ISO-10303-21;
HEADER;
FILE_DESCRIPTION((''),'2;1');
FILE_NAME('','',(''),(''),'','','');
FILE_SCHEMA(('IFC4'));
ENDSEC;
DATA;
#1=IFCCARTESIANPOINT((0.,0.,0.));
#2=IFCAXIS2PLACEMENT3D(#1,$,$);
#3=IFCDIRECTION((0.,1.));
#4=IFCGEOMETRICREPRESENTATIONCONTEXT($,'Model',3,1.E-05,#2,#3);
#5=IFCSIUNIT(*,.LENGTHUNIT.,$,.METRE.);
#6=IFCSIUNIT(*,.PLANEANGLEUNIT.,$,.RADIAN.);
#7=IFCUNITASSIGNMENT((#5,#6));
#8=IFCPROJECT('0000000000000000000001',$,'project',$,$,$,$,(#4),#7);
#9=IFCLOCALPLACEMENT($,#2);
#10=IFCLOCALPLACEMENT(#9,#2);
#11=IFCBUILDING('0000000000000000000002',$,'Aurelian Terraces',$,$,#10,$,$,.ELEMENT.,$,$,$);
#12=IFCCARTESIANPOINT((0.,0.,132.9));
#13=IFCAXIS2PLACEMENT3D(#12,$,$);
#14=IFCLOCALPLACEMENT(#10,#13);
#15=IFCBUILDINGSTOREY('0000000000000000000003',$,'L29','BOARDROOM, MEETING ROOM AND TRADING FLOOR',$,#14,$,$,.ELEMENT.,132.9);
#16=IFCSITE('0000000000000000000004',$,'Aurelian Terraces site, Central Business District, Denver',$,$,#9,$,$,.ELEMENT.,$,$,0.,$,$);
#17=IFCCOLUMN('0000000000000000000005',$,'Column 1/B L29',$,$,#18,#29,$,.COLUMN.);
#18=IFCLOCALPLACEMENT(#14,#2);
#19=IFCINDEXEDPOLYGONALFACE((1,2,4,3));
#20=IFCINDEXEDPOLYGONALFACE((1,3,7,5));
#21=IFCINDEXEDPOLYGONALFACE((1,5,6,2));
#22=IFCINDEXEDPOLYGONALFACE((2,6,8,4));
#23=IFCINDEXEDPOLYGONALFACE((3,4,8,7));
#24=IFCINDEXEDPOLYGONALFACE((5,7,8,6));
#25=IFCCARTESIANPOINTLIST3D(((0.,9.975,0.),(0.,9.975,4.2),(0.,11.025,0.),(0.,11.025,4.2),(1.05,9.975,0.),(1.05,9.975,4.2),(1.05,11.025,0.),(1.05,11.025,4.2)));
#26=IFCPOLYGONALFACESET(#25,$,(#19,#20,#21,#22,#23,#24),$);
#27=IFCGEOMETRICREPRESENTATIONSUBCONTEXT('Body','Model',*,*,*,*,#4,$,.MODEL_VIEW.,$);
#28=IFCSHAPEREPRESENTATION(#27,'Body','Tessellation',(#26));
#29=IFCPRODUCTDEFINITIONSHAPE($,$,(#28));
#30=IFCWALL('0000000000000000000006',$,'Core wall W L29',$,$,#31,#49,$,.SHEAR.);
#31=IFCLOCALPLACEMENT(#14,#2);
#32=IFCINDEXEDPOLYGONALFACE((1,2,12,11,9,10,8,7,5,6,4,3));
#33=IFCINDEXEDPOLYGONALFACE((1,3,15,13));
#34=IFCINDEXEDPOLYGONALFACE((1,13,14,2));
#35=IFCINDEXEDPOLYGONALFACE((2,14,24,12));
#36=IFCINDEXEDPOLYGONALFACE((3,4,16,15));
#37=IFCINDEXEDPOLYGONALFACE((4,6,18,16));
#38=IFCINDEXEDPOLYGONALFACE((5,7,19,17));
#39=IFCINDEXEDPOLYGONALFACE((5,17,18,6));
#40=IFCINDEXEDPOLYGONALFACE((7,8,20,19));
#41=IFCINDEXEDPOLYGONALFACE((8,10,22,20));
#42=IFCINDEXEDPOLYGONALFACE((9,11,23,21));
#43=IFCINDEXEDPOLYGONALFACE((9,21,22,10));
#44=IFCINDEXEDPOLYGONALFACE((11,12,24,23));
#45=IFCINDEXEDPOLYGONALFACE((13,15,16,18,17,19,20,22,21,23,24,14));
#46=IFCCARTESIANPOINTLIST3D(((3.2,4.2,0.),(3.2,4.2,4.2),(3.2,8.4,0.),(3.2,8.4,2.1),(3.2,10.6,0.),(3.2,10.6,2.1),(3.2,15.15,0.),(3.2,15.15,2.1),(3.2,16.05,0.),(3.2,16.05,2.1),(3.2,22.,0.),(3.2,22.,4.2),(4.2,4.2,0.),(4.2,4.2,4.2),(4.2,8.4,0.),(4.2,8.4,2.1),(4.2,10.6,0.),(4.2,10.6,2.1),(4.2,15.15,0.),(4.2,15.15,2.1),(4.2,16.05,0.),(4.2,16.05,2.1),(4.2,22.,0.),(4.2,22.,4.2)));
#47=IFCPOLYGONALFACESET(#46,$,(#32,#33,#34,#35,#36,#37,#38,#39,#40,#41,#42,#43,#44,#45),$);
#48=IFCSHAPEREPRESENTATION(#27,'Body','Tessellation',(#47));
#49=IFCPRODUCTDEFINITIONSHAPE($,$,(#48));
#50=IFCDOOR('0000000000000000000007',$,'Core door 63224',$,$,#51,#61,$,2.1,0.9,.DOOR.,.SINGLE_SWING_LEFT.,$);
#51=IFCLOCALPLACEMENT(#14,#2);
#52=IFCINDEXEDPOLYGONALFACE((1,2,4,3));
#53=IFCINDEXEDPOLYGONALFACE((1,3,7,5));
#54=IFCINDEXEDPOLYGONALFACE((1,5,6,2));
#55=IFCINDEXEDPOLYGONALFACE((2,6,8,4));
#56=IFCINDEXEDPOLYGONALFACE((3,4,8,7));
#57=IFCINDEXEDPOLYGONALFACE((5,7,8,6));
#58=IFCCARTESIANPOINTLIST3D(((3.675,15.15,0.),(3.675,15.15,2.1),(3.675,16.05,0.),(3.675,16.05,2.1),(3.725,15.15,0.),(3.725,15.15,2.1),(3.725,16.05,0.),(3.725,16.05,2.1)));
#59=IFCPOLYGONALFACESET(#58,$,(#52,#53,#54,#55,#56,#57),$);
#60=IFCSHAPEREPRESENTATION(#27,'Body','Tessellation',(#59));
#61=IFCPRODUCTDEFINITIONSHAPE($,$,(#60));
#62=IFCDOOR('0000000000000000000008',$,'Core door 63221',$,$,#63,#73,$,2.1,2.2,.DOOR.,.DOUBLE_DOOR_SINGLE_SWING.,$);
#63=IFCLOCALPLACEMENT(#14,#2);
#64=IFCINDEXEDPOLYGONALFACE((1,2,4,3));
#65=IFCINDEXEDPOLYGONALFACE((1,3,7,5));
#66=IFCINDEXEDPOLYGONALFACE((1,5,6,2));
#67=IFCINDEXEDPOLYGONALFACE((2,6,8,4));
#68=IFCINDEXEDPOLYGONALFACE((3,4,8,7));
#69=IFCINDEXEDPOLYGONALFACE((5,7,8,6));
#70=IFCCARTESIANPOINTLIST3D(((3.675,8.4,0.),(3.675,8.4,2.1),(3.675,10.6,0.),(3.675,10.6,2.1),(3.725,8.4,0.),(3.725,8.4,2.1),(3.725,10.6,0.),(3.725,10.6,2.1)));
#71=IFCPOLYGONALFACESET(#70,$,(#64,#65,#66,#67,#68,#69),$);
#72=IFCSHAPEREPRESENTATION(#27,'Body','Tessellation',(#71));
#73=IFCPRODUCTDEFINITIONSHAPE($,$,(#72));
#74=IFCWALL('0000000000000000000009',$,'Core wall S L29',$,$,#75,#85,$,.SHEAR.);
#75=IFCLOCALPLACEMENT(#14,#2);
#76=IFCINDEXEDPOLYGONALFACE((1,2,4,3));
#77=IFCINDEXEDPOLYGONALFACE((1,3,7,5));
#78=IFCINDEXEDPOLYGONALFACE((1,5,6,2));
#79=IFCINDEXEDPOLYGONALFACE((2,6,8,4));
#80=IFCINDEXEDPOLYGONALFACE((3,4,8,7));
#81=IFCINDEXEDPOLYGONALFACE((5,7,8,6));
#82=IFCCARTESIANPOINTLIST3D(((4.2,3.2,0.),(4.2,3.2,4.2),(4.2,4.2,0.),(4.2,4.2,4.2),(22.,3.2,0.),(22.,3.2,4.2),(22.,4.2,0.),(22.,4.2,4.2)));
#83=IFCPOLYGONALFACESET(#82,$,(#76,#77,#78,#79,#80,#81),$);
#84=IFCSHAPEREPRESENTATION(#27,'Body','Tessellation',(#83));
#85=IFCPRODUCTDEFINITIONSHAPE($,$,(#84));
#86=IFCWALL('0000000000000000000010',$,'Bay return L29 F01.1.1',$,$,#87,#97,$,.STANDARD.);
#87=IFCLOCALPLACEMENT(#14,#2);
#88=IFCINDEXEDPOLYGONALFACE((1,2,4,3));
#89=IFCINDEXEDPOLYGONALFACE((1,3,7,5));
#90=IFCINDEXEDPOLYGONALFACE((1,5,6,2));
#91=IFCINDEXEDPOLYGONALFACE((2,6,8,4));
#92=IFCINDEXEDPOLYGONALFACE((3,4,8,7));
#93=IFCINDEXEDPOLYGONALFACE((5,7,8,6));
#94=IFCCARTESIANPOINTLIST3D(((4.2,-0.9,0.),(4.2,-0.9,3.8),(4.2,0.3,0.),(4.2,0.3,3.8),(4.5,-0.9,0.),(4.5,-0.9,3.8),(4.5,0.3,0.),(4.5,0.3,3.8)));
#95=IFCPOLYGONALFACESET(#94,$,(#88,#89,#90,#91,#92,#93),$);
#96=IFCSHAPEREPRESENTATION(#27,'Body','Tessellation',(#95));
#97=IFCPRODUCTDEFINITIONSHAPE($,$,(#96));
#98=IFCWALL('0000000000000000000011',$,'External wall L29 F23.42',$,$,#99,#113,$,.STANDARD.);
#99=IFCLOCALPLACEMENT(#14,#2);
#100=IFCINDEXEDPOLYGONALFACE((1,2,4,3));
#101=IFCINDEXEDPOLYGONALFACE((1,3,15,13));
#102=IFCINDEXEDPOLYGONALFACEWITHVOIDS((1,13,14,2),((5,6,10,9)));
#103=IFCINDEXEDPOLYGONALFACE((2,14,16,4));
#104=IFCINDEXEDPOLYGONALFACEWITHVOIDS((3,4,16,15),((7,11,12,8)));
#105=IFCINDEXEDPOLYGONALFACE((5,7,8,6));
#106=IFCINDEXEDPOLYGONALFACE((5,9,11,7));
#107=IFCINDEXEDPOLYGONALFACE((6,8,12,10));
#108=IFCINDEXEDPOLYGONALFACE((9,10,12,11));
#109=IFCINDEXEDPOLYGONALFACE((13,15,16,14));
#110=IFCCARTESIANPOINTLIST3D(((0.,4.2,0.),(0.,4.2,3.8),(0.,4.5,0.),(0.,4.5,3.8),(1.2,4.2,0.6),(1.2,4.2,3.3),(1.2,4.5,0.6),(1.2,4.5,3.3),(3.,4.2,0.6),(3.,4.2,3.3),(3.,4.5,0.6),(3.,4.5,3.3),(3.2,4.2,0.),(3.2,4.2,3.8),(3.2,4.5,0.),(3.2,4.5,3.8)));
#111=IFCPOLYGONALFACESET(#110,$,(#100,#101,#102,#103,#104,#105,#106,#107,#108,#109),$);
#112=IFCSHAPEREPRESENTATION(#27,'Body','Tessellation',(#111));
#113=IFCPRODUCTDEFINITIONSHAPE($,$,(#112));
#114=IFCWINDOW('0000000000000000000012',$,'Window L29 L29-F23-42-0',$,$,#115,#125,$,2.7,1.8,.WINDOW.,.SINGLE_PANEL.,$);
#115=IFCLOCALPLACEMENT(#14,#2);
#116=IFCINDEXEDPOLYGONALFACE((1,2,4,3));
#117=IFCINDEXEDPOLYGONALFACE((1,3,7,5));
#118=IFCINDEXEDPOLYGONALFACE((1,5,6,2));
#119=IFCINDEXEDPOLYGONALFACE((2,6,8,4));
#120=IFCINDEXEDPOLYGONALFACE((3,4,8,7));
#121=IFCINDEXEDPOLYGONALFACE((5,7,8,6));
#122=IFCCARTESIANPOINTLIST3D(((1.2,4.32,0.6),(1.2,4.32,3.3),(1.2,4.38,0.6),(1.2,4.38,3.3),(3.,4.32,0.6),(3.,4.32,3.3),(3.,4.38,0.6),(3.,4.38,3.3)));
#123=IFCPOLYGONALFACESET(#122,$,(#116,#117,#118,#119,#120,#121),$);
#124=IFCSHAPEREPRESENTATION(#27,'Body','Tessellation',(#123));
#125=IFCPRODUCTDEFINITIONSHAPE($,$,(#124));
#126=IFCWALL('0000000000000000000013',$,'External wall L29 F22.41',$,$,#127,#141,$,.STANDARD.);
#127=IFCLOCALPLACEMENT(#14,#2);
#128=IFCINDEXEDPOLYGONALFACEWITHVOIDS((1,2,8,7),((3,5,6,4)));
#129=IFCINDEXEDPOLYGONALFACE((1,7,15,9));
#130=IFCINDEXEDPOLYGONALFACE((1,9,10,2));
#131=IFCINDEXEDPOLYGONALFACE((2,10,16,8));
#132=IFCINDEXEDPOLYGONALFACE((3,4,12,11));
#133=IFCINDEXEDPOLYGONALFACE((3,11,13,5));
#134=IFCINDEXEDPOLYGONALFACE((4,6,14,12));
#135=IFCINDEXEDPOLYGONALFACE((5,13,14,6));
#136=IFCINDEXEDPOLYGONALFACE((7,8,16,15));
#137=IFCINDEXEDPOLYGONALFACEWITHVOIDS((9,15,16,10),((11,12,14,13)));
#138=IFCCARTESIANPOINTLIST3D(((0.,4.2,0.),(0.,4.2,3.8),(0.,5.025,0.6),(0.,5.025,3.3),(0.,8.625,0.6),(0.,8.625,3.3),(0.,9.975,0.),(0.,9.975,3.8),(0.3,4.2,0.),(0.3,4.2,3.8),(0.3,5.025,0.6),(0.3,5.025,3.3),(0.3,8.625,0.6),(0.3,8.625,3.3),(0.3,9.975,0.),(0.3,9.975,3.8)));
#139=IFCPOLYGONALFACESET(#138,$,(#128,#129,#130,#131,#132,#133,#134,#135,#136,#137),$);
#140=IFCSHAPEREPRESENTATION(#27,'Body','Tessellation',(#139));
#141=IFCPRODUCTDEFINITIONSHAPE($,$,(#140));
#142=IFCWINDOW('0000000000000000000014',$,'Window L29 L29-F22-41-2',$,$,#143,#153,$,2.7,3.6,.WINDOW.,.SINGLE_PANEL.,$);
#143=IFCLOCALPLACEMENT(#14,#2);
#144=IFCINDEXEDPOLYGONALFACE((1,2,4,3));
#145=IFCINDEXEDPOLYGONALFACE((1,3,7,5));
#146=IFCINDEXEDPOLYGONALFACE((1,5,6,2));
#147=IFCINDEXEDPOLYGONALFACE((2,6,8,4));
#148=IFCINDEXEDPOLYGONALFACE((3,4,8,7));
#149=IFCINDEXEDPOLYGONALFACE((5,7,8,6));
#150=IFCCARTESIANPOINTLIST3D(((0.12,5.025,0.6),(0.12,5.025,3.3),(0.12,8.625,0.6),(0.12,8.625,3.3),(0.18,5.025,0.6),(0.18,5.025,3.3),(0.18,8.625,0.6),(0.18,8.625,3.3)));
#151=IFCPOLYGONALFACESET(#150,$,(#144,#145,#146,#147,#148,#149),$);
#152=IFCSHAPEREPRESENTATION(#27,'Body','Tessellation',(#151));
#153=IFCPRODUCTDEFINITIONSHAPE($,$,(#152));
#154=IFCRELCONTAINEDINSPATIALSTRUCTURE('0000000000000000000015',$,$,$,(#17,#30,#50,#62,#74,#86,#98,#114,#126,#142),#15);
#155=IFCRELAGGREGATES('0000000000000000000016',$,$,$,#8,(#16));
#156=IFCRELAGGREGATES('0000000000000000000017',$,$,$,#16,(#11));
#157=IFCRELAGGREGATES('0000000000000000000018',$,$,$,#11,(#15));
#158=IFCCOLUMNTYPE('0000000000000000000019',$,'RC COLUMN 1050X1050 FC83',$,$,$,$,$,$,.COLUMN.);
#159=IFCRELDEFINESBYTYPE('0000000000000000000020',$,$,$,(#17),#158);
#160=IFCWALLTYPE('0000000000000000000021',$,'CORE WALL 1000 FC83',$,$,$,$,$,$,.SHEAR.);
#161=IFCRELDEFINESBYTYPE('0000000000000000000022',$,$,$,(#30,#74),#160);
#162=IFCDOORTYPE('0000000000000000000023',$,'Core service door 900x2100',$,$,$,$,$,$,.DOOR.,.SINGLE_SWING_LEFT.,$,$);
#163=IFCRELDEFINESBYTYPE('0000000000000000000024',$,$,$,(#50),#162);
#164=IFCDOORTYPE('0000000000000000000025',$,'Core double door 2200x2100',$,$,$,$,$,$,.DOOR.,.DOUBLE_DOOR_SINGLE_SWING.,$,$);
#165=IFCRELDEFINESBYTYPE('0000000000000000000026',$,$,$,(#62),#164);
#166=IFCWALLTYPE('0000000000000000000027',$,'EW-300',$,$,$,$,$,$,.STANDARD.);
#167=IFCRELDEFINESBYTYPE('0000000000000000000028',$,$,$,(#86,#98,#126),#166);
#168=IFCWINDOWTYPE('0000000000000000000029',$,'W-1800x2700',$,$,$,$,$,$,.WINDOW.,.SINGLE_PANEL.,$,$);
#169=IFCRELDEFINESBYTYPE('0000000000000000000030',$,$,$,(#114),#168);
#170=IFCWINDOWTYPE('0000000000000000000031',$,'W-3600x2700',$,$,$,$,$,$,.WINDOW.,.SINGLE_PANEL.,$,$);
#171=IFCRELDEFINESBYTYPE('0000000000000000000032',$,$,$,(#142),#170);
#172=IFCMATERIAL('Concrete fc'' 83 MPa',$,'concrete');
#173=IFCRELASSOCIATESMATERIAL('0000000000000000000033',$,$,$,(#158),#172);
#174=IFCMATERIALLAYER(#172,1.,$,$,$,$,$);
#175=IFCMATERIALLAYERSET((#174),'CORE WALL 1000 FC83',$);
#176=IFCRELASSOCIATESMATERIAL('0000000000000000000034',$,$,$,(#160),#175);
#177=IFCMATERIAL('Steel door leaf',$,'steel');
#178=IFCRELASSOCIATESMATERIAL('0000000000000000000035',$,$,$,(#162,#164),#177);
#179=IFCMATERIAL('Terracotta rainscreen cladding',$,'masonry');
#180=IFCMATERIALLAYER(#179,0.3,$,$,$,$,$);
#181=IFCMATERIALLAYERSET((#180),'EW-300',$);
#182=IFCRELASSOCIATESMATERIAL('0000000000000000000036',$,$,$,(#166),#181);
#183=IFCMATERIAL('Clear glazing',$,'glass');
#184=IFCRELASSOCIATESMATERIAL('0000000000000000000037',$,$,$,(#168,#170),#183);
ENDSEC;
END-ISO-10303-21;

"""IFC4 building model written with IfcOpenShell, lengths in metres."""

from ifc_helpers import new_model, si_unit, direction, frame, frame_2d, origin, origin_2d, place, context, subcontext, project, spatial, rectangle, extrude, source, transform, mapped, material, layer, layer_set, material_profile, profile_set, type_object, element, fill, save


model = new_model("IFC4")

# Units and contexts
model_context = context("Model", 3, precision=1e-05, world=origin(), true_north=direction((0.0, 1.0)))
body_context = subcontext(model_context, "Body", "Model", "MODEL_VIEW")
ifc_project = project(units=[si_unit("LENGTHUNIT", "METRE"), si_unit("PLANEANGLEUNIT", "RADIAN")], contexts=[model_context])

# Site, building, storey
site_placement = place(None, origin())
site = spatial("IfcSite", under=ifc_project, at=site_placement, Name="Aurelian Terraces site, Central Business District, Denver", CompositionType="ELEMENT", RefElevation=0.0)
building_placement = place(site_placement, origin())
building = spatial("IfcBuilding", under=site, at=building_placement, Name="Aurelian Terraces", CompositionType="ELEMENT")
storey_placement = place(building_placement, frame((0.0, 0.0, 132.9)))
storey = spatial("IfcBuildingStorey", under=building, at=storey_placement, Name="L29", Description="BOARDROOM, MEETING ROOM AND TRADING FLOOR", CompositionType="ELEMENT", Elevation=132.9)

# Column
ifc_material_1 = material(Name="Concrete fc' 83 MPa", Category="concrete")
ifc_material_profile = material_profile(ifc_material_1, rectangle(XDim=1.05, YDim=1.05, at=origin_2d()))
ifc_profile_set = profile_set([ifc_material_profile], Name="Concrete fc' 83 MPa")
column_type = type_object("IfcColumnType", Name="RC COLUMN 1050X1050 FC83", PredefinedType="COLUMN", material=ifc_profile_set)
shared_shape_1 = source(origin(), body_context, "Body", "SweptSolid", [
    extrude(rectangle(XDim=1.05, YDim=1.05, at=origin_2d()), origin(), (0.0, 0.0, 1.0), 4.2),
])
column_placement = place(storey_placement, frame((0.525, 10.5, 0.0), z_axis=(0.0, 0.0, 1.0), x_axis=(1.0, 0.0, 0.0)))
element("IfcColumn", 1, at=column_placement, inside=storey, type_object=column_type, Name="Column 1/B L29", PredefinedType="COLUMN", context=body_context, shape_type="MappedRepresentation", body=[
    mapped(shared_shape_1, transform((0.0, 0.0, 0.0), scale=1.0)),
])

# Wall, openings, doors
ifc_layer_1 = layer(ifc_material_1, 1.0)
ifc_layer_set_1 = layer_set([ifc_layer_1], Name="CORE WALL 1000 FC83")
wall_type_1 = type_object("IfcWallType", Name="CORE WALL 1000 FC83", PredefinedType="SHEAR", material=ifc_layer_set_1)
shared_shape_2 = source(origin(), body_context, "Body", "SweptSolid", [
    extrude(rectangle(XDim=17.8, YDim=1.0, at=frame_2d((8.9, 0.0))), origin(), (0.0, 0.0, 1.0), 4.2),
])
wall_1_placement = place(storey_placement, frame((3.7, 4.2, 0.0), z_axis=(0.0, 0.0, 1.0), x_axis=(0.0, 1.0, 0.0)))
wall_1 = element("IfcWall", 2, at=wall_1_placement, inside=storey, type_object=wall_type_1, Name="Core wall W L29", PredefinedType="SHEAR", context=body_context, shape_type="MappedRepresentation", body=[
    mapped(shared_shape_2, transform((0.0, 0.0, 0.0), scale=1.0)),
])
shared_shape_3 = source(origin(), body_context, "Body", "SweptSolid", [
    extrude(rectangle(XDim=2.2, YDim=2.1, at=frame_2d((1.1, 1.05))), frame((0.0, 0.51, 0.0), z_axis=(0.0, -1.0, 0.0), x_axis=(1.0, 0.0, 0.0)), (0.0, 0.0, 1.0), 1.02),
])
opening_1_placement = place(wall_1_placement, frame((4.2, 0.0, 0.0)))
opening_1 = element("IfcOpeningElement", 3, at=opening_1_placement, cuts=wall_1, PredefinedType="OPENING", context=body_context, shape_type="MappedRepresentation", body=[
    mapped(shared_shape_3, transform((0.0, 0.0, 0.0), scale=1.0)),
])
shared_shape_4 = source(origin(), body_context, "Body", "SweptSolid", [
    extrude(rectangle(XDim=0.9, YDim=2.1, at=frame_2d((0.45, 1.05))), frame((0.0, 0.51, 0.0), z_axis=(0.0, -1.0, 0.0), x_axis=(1.0, 0.0, 0.0)), (0.0, 0.0, 1.0), 1.02),
])
opening_2_placement = place(wall_1_placement, frame((10.95, 0.0, 0.0)))
opening_2 = element("IfcOpeningElement", 4, at=opening_2_placement, cuts=wall_1, PredefinedType="OPENING", context=body_context, shape_type="MappedRepresentation", body=[
    mapped(shared_shape_4, transform((0.0, 0.0, 0.0), scale=1.0)),
])
ifc_material_2 = material(Name="Steel door leaf", Category="steel")
door_type_1 = type_object("IfcDoorType", Name="Core service door 900x2100", OperationType="SINGLE_SWING_LEFT", PredefinedType="DOOR", material=ifc_material_2)
shared_shape_5 = source(origin(), body_context, "Body", "SweptSolid", [
    extrude(rectangle(XDim=0.9, YDim=2.1, at=frame_2d((0.45, 1.05))), frame((0.0, 0.025, 0.0), z_axis=(0.0, -1.0, 0.0), x_axis=(1.0, 0.0, 0.0)), (0.0, 0.0, 1.0), 0.05),
])
door_1_placement = place(opening_2_placement, origin())
door_1 = element("IfcDoor", 5, at=door_1_placement, inside=storey, type_object=door_type_1, Name="Core door 63224", OperationType="SINGLE_SWING_LEFT", OverallHeight=2.1, OverallWidth=0.9, PredefinedType="DOOR", context=body_context, shape_type="MappedRepresentation", body=[
    mapped(shared_shape_5, transform((0.0, 0.0, 0.0), scale=1.0)),
])
fill(opening_2, door_1)
door_type_2 = type_object("IfcDoorType", Name="Core double door 2200x2100", OperationType="DOUBLE_DOOR_SINGLE_SWING", PredefinedType="DOOR", material=ifc_material_2)
shared_shape_6 = source(origin(), body_context, "Body", "SweptSolid", [
    extrude(rectangle(XDim=2.2, YDim=2.1, at=frame_2d((1.1, 1.05))), frame((0.0, 0.025, 0.0), z_axis=(0.0, -1.0, 0.0), x_axis=(1.0, 0.0, 0.0)), (0.0, 0.0, 1.0), 0.05),
])
door_2_placement = place(opening_1_placement, origin())
door_2 = element("IfcDoor", 6, at=door_2_placement, inside=storey, type_object=door_type_2, Name="Core door 63221", OperationType="DOUBLE_DOOR_SINGLE_SWING", OverallHeight=2.1, OverallWidth=2.2, PredefinedType="DOOR", context=body_context, shape_type="MappedRepresentation", body=[
    mapped(shared_shape_6, transform((0.0, 0.0, 0.0), scale=1.0)),
])
fill(opening_1, door_2)

# Walls
wall_2_placement = place(storey_placement, frame((4.2, 3.7, 0.0), z_axis=(0.0, 0.0, 1.0), x_axis=(1.0, 0.0, 0.0)))
element("IfcWall", 7, at=wall_2_placement, inside=storey, type_object=wall_type_1, Name="Core wall S L29", PredefinedType="SHEAR", context=body_context, shape_type="MappedRepresentation", body=[
    mapped(shared_shape_2, transform((0.0, 0.0, 0.0), scale=1.0)),
])
ifc_material_3 = material(Name="Terracotta rainscreen cladding", Category="masonry")
ifc_layer_2 = layer(ifc_material_3, 0.3)
ifc_layer_set_2 = layer_set([ifc_layer_2], Name="EW-300")
wall_type_2 = type_object("IfcWallType", Name="EW-300", PredefinedType="STANDARD", material=ifc_layer_set_2)
shared_shape_7 = source(origin(), body_context, "Body", "SweptSolid", [
    extrude(rectangle(XDim=1.2, YDim=0.3, at=frame_2d((0.6, 0.0))), origin(), (0.0, 0.0, 1.0), 3.8),
])
wall_3_placement = place(storey_placement, frame((4.35, 0.3, 0.0), z_axis=(0.0, 0.0, 1.0), x_axis=(0.0, -1.0, 0.0)))
element("IfcWall", 8, at=wall_3_placement, inside=storey, type_object=wall_type_2, Name="Bay return L29 F01.1.1", PredefinedType="STANDARD", context=body_context, shape_type="MappedRepresentation", body=[
    mapped(shared_shape_7, transform((0.0, 0.0, 0.0), scale=1.0)),
])

# Walls, openings, windows
shared_shape_8 = source(origin(), body_context, "Body", "SweptSolid", [
    extrude(rectangle(XDim=3.2, YDim=0.3, at=frame_2d((1.6, 0.0))), origin(), (0.0, 0.0, 1.0), 3.8),
])
wall_4_placement = place(storey_placement, frame((0.0, 4.35, 0.0), z_axis=(0.0, 0.0, 1.0), x_axis=(1.0, 0.0, 0.0)))
wall_4 = element("IfcWall", 9, at=wall_4_placement, inside=storey, type_object=wall_type_2, Name="External wall L29 F23.42", PredefinedType="STANDARD", context=body_context, shape_type="MappedRepresentation", body=[
    mapped(shared_shape_8, transform((0.0, 0.0, 0.0), scale=1.0)),
])
shared_shape_9 = source(origin(), body_context, "Body", "SweptSolid", [
    extrude(rectangle(XDim=1.8, YDim=2.7, at=frame_2d((0.9, 1.35))), frame((0.0, 0.16, 0.0), z_axis=(0.0, -1.0, 0.0), x_axis=(1.0, 0.0, 0.0)), (0.0, 0.0, 1.0), 0.32),
])
opening_3_placement = place(wall_4_placement, frame((1.2, 0.0, 0.6)))
opening_3 = element("IfcOpeningElement", 10, at=opening_3_placement, cuts=wall_4, PredefinedType="OPENING", context=body_context, shape_type="MappedRepresentation", body=[
    mapped(shared_shape_9, transform((0.0, 0.0, 0.0), scale=1.0)),
])
ifc_material_4 = material(Name="Clear glazing", Category="glass")
window_type_1 = type_object("IfcWindowType", Name="W-1800x2700", PartitioningType="SINGLE_PANEL", PredefinedType="WINDOW", material=ifc_material_4)
shared_shape_10 = source(origin(), body_context, "Body", "SweptSolid", [
    extrude(rectangle(XDim=1.8, YDim=2.7, at=frame_2d((0.9, 1.35))), frame((0.0, 0.03, 0.0), z_axis=(0.0, -1.0, 0.0), x_axis=(1.0, 0.0, 0.0)), (0.0, 0.0, 1.0), 0.06),
])
window_1_placement = place(opening_3_placement, origin())
window_1 = element("IfcWindow", 11, at=window_1_placement, inside=storey, type_object=window_type_1, Name="Window L29 L29-F23-42-0", OverallHeight=2.7, OverallWidth=1.8, PartitioningType="SINGLE_PANEL", PredefinedType="WINDOW", context=body_context, shape_type="MappedRepresentation", body=[
    mapped(shared_shape_10, transform((0.0, 0.0, 0.0), scale=1.0)),
])
fill(opening_3, window_1)
shared_shape_11 = source(origin(), body_context, "Body", "SweptSolid", [
    extrude(rectangle(XDim=5.775, YDim=0.3, at=frame_2d((2.8875, 0.0))), origin(), (0.0, 0.0, 1.0), 3.8),
])
wall_5_placement = place(storey_placement, frame((0.15, 9.975, 0.0), z_axis=(0.0, 0.0, 1.0), x_axis=(0.0, -1.0, 0.0)))
wall_5 = element("IfcWall", 12, at=wall_5_placement, inside=storey, type_object=wall_type_2, Name="External wall L29 F22.41", PredefinedType="STANDARD", context=body_context, shape_type="MappedRepresentation", body=[
    mapped(shared_shape_11, transform((0.0, 0.0, 0.0), scale=1.0)),
])
shared_shape_12 = source(origin(), body_context, "Body", "SweptSolid", [
    extrude(rectangle(XDim=3.6, YDim=2.7, at=frame_2d((1.8, 1.35))), frame((0.0, 0.16, 0.0), z_axis=(0.0, -1.0, 0.0), x_axis=(1.0, 0.0, 0.0)), (0.0, 0.0, 1.0), 0.32),
])
opening_4_placement = place(wall_5_placement, frame((1.35, 0.0, 0.6)))
opening_4 = element("IfcOpeningElement", 13, at=opening_4_placement, cuts=wall_5, PredefinedType="OPENING", context=body_context, shape_type="MappedRepresentation", body=[
    mapped(shared_shape_12, transform((0.0, 0.0, 0.0), scale=1.0)),
])
window_type_2 = type_object("IfcWindowType", Name="W-3600x2700", PartitioningType="SINGLE_PANEL", PredefinedType="WINDOW", material=ifc_material_4)
shared_shape_13 = source(origin(), body_context, "Body", "SweptSolid", [
    extrude(rectangle(XDim=3.6, YDim=2.7, at=frame_2d((1.8, 1.35))), frame((0.0, 0.03, 0.0), z_axis=(0.0, -1.0, 0.0), x_axis=(1.0, 0.0, 0.0)), (0.0, 0.0, 1.0), 0.06),
])
window_2_placement = place(opening_4_placement, origin())
window_2 = element("IfcWindow", 14, at=window_2_placement, inside=storey, type_object=window_type_2, Name="Window L29 L29-F22-41-2", OverallHeight=2.7, OverallWidth=3.6, PartitioningType="SINGLE_PANEL", PredefinedType="WINDOW", context=body_context, shape_type="MappedRepresentation", body=[
    mapped(shared_shape_13, transform((0.0, 0.0, 0.0), scale=1.0)),
])
fill(opening_4, window_2)

save(model, "model.ifc")
